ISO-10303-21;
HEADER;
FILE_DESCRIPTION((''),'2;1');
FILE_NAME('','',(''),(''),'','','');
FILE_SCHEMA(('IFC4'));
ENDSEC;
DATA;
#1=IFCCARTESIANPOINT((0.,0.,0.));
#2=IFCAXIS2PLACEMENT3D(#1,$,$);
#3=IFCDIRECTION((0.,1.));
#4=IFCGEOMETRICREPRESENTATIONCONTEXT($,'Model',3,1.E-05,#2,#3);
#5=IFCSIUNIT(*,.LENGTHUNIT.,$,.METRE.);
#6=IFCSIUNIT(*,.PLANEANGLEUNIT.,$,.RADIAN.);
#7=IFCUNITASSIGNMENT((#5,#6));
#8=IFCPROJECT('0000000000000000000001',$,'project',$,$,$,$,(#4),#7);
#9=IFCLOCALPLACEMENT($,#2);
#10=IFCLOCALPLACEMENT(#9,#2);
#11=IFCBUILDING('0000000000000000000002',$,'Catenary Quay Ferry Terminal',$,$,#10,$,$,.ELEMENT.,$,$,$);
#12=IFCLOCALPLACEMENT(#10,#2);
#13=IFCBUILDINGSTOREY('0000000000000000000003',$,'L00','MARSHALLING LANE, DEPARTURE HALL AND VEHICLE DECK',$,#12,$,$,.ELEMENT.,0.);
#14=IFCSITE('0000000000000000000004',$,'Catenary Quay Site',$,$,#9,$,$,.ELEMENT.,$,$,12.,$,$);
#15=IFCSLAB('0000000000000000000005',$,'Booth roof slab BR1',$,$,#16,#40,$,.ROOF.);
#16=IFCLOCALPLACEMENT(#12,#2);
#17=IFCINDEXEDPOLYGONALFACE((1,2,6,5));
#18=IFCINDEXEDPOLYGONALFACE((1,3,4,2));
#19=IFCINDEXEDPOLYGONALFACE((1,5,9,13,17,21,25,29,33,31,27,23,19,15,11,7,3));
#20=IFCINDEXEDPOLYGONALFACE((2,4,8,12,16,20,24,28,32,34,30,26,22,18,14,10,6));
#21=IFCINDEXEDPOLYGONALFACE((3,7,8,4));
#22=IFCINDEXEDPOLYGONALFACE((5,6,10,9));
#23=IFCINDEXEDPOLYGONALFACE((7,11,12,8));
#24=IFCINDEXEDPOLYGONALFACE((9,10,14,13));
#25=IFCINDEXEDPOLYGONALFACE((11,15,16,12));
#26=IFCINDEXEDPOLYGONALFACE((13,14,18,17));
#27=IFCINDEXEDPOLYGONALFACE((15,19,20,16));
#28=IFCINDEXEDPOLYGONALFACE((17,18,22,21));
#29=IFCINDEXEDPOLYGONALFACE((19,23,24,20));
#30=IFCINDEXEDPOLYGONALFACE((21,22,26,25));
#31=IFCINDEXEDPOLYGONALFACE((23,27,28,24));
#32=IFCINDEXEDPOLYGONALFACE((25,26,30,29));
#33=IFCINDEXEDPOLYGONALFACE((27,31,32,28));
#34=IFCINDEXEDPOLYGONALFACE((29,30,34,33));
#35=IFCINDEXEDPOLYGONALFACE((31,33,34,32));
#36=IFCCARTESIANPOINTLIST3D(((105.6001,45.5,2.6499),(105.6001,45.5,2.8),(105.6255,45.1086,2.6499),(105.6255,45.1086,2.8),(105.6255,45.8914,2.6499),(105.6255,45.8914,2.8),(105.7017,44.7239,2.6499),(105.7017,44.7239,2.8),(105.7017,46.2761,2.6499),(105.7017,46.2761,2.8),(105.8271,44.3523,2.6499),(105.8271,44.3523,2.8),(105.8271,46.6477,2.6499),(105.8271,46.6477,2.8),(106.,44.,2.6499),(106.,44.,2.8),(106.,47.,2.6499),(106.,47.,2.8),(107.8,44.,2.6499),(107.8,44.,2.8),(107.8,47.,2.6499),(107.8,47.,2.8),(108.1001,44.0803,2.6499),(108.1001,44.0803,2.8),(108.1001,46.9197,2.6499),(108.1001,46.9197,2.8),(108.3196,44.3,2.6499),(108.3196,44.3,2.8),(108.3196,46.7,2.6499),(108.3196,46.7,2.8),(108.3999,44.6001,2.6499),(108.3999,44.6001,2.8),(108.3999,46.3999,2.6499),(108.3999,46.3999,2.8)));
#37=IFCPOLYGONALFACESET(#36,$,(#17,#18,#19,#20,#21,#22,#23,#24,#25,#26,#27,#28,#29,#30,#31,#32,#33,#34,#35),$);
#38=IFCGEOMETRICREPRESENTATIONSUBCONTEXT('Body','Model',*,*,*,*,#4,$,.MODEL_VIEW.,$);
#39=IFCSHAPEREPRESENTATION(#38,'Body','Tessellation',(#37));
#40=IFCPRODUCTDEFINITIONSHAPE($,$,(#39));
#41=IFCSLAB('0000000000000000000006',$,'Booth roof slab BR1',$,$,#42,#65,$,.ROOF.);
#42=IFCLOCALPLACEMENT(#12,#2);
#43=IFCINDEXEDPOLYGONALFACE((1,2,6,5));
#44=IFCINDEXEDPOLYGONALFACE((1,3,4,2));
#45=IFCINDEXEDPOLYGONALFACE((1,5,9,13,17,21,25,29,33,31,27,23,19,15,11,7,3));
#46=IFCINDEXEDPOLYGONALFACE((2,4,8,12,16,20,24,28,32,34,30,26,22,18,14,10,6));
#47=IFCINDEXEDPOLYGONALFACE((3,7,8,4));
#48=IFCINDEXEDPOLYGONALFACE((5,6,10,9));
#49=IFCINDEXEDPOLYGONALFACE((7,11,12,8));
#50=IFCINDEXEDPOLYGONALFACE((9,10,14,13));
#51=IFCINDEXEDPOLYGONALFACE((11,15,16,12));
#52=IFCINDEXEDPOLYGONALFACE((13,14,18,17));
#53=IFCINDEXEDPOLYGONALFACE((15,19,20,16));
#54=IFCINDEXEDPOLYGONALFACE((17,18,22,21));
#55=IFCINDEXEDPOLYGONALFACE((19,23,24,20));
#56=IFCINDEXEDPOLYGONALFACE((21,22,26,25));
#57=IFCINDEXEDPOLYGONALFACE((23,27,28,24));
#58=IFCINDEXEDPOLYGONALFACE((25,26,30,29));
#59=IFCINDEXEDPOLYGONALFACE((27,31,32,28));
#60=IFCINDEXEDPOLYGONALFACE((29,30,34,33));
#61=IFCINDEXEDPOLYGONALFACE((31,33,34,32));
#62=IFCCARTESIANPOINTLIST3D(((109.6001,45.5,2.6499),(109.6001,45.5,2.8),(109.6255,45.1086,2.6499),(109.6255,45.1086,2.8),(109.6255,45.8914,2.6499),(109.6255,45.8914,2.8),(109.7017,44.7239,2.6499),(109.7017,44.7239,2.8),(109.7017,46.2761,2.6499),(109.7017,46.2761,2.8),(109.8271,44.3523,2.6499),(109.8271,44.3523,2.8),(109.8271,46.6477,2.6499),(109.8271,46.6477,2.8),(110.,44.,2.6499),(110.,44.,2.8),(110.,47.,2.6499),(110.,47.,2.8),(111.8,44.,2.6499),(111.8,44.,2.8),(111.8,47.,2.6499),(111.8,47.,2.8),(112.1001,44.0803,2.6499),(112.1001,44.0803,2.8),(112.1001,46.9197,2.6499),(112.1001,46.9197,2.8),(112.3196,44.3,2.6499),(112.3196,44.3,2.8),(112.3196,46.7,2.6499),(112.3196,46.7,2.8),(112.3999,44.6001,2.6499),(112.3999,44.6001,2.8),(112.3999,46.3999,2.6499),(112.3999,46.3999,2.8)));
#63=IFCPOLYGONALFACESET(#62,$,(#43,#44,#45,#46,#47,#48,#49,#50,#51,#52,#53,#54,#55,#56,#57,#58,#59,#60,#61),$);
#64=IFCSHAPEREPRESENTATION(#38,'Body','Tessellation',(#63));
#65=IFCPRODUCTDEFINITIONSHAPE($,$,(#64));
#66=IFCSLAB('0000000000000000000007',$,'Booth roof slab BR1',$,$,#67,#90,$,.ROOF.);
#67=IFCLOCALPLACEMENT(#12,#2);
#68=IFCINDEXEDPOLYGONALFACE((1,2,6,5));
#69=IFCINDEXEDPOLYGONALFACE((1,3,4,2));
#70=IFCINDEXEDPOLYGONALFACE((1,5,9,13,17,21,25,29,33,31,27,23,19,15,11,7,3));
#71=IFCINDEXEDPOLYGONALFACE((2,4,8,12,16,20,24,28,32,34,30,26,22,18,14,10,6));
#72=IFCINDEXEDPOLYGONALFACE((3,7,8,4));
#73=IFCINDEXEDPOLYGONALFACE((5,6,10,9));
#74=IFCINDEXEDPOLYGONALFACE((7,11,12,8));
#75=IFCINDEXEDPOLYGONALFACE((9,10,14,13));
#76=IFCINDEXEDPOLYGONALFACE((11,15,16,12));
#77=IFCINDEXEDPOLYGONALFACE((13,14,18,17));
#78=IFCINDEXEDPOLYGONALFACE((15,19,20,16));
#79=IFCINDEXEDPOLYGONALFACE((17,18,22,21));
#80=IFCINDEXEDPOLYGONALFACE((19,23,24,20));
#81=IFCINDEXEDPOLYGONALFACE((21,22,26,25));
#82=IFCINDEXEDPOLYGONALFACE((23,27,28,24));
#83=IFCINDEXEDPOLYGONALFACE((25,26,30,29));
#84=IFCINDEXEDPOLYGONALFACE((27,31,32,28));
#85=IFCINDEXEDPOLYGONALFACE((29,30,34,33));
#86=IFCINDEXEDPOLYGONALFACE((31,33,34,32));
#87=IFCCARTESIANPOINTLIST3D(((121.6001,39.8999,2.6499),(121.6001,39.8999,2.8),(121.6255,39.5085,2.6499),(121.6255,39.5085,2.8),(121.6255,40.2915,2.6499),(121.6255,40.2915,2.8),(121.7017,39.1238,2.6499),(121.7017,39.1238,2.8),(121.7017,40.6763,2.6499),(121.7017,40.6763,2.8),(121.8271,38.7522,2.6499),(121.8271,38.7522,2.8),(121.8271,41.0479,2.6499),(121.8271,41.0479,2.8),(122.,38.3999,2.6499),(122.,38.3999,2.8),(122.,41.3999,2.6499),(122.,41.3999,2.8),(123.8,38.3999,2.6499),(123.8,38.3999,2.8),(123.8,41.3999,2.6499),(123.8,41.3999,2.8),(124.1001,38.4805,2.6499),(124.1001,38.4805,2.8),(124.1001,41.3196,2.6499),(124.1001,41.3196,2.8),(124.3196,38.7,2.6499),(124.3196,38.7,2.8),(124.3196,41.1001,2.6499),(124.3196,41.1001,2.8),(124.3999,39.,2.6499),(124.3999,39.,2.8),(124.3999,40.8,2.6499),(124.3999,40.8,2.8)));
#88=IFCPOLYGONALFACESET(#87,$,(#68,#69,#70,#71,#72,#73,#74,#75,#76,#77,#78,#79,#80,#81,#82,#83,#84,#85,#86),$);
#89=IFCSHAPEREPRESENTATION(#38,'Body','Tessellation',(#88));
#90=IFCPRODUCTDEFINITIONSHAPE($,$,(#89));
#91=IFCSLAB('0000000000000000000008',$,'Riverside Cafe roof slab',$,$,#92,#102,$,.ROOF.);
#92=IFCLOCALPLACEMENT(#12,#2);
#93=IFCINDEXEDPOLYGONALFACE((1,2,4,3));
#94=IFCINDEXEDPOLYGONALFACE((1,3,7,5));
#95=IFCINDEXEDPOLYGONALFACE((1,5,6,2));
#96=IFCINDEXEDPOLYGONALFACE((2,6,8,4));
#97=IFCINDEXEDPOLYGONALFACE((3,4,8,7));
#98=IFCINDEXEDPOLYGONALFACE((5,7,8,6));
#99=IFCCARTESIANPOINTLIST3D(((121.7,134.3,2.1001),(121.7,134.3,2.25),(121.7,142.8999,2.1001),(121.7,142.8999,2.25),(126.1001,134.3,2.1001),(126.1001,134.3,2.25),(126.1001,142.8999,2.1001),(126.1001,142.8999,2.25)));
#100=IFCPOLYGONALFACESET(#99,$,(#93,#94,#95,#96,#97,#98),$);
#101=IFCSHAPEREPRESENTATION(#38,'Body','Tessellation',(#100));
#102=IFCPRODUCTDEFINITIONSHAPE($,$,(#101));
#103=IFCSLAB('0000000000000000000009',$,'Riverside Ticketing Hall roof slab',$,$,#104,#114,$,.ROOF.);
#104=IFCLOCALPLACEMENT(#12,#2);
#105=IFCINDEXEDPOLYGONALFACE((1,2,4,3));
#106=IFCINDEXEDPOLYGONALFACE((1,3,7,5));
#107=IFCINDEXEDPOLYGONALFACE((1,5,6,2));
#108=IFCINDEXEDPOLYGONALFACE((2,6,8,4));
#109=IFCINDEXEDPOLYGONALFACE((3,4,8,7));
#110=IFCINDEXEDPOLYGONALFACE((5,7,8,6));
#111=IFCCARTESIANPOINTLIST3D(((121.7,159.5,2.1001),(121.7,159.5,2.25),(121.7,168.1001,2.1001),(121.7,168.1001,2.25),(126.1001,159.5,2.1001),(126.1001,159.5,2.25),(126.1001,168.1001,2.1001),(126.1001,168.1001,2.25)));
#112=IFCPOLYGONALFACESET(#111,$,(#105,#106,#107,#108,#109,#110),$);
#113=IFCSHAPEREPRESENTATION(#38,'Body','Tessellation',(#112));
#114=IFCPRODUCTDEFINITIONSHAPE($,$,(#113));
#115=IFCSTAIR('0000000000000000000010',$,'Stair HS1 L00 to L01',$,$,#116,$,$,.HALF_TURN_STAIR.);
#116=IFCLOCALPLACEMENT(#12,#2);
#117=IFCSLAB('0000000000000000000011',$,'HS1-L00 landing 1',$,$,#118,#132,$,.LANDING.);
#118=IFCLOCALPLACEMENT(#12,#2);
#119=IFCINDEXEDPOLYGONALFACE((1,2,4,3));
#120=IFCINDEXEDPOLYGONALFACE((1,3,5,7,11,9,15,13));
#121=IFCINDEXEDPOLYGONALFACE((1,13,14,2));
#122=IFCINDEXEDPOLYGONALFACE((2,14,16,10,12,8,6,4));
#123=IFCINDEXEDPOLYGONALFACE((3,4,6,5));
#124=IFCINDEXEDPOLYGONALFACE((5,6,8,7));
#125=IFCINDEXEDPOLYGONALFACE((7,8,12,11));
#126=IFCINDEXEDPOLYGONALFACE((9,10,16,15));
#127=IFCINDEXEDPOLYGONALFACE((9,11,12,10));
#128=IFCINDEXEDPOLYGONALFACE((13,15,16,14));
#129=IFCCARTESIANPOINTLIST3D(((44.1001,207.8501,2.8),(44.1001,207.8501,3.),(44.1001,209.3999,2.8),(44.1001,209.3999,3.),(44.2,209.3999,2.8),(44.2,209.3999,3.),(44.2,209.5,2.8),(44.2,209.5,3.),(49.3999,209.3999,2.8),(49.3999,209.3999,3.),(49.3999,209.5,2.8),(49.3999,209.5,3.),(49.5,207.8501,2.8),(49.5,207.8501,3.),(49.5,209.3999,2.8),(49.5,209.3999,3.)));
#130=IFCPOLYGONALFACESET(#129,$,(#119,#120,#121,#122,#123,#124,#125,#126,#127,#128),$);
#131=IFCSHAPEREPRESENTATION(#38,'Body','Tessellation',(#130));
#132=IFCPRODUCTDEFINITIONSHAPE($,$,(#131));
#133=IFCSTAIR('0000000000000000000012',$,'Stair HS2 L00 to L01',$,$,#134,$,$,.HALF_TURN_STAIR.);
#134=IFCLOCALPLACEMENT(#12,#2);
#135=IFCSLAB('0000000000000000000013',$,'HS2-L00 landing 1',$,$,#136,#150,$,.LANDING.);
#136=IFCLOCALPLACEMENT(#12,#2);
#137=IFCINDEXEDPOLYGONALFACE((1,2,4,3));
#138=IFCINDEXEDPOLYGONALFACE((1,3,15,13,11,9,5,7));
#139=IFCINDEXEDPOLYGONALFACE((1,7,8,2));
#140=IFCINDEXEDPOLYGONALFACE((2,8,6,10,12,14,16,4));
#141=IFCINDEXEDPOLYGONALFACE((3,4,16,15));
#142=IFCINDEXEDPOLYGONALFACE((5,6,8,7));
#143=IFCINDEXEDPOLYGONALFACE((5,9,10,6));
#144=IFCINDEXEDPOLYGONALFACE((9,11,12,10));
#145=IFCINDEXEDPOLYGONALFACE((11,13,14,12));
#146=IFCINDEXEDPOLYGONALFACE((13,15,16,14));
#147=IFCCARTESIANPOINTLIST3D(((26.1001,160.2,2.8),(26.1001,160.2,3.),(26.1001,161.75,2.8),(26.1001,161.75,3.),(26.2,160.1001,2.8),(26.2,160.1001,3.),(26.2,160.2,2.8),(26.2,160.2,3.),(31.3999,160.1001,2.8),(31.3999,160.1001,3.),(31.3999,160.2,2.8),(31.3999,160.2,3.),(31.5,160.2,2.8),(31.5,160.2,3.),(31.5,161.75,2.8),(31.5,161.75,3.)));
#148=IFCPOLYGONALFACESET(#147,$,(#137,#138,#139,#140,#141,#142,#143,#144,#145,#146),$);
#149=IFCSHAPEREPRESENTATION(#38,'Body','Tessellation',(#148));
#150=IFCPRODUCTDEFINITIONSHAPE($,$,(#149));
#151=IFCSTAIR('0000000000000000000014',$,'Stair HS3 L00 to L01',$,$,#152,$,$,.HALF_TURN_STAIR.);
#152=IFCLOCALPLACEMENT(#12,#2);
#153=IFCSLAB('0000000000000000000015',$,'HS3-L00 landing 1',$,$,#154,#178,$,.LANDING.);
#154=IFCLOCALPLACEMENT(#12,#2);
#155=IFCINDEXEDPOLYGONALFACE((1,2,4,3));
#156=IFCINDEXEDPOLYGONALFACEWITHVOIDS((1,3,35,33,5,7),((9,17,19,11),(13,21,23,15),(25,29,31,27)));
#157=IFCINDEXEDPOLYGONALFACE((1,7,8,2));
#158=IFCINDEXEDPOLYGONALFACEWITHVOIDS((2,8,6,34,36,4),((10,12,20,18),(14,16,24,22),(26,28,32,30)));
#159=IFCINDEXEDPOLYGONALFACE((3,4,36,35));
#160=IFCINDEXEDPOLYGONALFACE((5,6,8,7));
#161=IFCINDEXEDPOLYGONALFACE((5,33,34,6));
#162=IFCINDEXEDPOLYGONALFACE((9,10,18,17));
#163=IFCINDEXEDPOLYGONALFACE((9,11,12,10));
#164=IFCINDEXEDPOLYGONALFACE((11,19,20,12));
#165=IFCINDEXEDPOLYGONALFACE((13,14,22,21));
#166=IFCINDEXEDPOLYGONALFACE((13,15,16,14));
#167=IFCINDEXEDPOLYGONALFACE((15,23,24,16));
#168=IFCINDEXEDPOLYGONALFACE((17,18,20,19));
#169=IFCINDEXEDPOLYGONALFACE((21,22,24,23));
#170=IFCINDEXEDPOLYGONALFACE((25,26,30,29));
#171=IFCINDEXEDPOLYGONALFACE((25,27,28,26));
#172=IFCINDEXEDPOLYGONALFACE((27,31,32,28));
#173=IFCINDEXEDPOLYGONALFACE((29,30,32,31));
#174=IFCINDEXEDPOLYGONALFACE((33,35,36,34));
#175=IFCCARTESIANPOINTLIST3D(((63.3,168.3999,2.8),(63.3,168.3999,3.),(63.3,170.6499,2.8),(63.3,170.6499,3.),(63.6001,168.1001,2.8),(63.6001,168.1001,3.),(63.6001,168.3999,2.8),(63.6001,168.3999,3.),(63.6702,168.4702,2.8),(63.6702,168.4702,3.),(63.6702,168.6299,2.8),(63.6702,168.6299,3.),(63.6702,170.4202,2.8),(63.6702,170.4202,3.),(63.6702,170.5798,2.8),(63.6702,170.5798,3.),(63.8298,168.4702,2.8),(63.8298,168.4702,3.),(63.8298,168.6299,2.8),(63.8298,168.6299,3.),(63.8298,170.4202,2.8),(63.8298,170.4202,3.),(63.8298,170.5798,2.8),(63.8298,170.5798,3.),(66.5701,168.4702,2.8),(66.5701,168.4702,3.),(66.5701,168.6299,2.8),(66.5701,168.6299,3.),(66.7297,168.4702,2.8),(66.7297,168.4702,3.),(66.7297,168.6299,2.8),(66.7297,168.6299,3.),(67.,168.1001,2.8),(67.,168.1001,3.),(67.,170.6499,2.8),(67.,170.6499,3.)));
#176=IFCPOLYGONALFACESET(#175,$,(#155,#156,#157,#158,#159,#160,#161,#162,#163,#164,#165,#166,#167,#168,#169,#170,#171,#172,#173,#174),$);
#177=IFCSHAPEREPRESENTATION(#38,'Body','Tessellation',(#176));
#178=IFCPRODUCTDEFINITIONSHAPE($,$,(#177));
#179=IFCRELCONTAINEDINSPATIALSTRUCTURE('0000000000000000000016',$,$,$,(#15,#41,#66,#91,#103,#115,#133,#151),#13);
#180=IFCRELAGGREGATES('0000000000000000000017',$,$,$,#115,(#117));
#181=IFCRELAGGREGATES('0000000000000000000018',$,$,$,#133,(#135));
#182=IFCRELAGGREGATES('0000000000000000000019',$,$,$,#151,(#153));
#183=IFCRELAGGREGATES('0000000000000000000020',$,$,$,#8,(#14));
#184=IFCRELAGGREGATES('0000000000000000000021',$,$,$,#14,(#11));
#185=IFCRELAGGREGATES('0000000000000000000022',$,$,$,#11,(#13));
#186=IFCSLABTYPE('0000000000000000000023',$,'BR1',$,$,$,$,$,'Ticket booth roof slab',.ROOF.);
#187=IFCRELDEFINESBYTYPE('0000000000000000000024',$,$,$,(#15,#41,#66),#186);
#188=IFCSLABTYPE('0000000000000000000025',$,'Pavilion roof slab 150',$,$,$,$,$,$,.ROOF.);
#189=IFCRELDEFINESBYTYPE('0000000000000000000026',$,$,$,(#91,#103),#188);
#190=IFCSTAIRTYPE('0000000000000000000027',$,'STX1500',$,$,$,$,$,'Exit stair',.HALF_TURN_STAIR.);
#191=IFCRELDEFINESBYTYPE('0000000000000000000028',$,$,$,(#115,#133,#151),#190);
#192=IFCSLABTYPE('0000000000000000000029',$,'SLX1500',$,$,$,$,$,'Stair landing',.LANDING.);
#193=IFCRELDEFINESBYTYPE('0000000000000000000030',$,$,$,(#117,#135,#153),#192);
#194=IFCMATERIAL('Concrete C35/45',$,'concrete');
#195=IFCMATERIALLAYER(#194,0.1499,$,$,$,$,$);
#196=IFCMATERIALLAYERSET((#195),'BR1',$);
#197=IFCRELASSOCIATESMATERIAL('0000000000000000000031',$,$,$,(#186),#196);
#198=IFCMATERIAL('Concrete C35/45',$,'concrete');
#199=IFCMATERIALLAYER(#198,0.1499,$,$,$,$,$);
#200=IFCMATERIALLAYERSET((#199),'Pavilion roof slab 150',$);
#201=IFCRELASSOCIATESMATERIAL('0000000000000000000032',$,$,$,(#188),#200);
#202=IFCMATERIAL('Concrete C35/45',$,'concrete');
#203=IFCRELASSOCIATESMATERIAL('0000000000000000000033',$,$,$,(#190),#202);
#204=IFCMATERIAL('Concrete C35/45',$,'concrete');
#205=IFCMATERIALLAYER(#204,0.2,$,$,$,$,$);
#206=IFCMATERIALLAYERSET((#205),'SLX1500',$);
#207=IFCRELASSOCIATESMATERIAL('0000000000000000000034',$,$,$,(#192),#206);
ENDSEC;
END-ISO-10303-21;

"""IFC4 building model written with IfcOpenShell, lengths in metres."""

from ifc_helpers import new_model, si_unit, direction, frame, origin, place, context, subcontext, project, spatial, polyline, outline, extrude, material, layer, layer_set, type_object, element, aggregate, save


model = new_model("IFC4")

# Units and contexts
model_context = context("Model", 3, precision=1e-05, world=origin(), true_north=direction((0.0, 1.0)))
body_context = subcontext(model_context, "Body", "Model", "MODEL_VIEW")
ifc_project = project(units=[si_unit("LENGTHUNIT", "METRE"), si_unit("PLANEANGLEUNIT", "RADIAN")], contexts=[model_context])

# Site, building, storey
site_placement = place(None, origin())
site = spatial("IfcSite", under=ifc_project, at=site_placement, Name="Catenary Quay Site", CompositionType="ELEMENT", RefElevation=12.0)
building_placement = place(site_placement, origin())
building = spatial("IfcBuilding", under=site, at=building_placement, Name="Catenary Quay Ferry Terminal", CompositionType="ELEMENT")
storey_placement = place(building_placement, origin())
storey = spatial("IfcBuildingStorey", under=building, at=storey_placement, Name="L00", Description="MARSHALLING LANE, DEPARTURE HALL AND VEHICLE DECK", CompositionType="ELEMENT", Elevation=0.0)

# Slabs
ifc_material_1 = material(Name="Concrete C35/45", Category="concrete")
ifc_layer_1 = layer(ifc_material_1, 0.1499)
ifc_layer_set_1 = layer_set([ifc_layer_1], Name="BR1")
slab_type_1 = type_object("IfcSlabType", Name="BR1", ElementType="Ticket booth roof slab", PredefinedType="ROOF", material=ifc_layer_set_1)
slab_1_placement = place(storey_placement, frame((0.0, 0.0, 2.6499)))
element("IfcSlab", 1, at=slab_1_placement, inside=storey, type_object=slab_type_1, Name="Booth roof slab BR1", PredefinedType="ROOF", context=body_context, shape_type="SweptSolid", body=[
    extrude(outline(polyline([(106.0, 44.0), (105.8271, 44.3523), (105.7017, 44.7239), (105.6255, 45.1086), (105.6001, 45.5), (105.6255, 45.8914), (105.7017, 46.2761), (105.8271, 46.6477), (106.0, 47.0), (107.8, 47.0), (108.1001, 46.9197), (108.3196, 46.7), (108.3999, 46.3999), (108.3999, 44.6001), (108.3196, 44.3), (108.1001, 44.0803), (107.8, 44.0), (106.0, 44.0)])), origin(), (0.0, 0.0, 1.0), 0.1501),
])
slab_2_placement = place(storey_placement, frame((0.0, 0.0, 2.6499)))
element("IfcSlab", 2, at=slab_2_placement, inside=storey, type_object=slab_type_1, Name="Booth roof slab BR1", PredefinedType="ROOF", context=body_context, shape_type="SweptSolid", body=[
    extrude(outline(polyline([(110.0, 44.0), (109.8271, 44.3523), (109.7017, 44.7239), (109.6255, 45.1086), (109.6001, 45.5), (109.6255, 45.8914), (109.7017, 46.2761), (109.8271, 46.6477), (110.0, 47.0), (111.8, 47.0), (112.1001, 46.9197), (112.3196, 46.7), (112.3999, 46.3999), (112.3999, 44.6001), (112.3196, 44.3), (112.1001, 44.0803), (111.8, 44.0), (110.0, 44.0)])), origin(), (0.0, 0.0, 1.0), 0.1501),
])
slab_3_placement = place(storey_placement, frame((0.0, 0.0, 2.6499)))
element("IfcSlab", 3, at=slab_3_placement, inside=storey, type_object=slab_type_1, Name="Booth roof slab BR1", PredefinedType="ROOF", context=body_context, shape_type="SweptSolid", body=[
    extrude(outline(polyline([(122.0, 38.3999), (121.8271, 38.7522), (121.7017, 39.1238), (121.6255, 39.5085), (121.6001, 39.8999), (121.6255, 40.2915), (121.7017, 40.6763), (121.8271, 41.0479), (122.0, 41.3999), (123.8, 41.3999), (124.1001, 41.3196), (124.3196, 41.1001), (124.3999, 40.8), (124.3999, 39.0), (124.3196, 38.7), (124.1001, 38.4805), (123.8, 38.3999), (122.0, 38.3999)])), origin(), (0.0, 0.0, 1.0), 0.1501),
])
ifc_material_2 = material(Name="Concrete C35/45", Category="concrete")
ifc_layer_2 = layer(ifc_material_2, 0.1499)
ifc_layer_set_2 = layer_set([ifc_layer_2], Name="Pavilion roof slab 150")
slab_type_2 = type_object("IfcSlabType", Name="Pavilion roof slab 150", PredefinedType="ROOF", material=ifc_layer_set_2)
slab_4_placement = place(storey_placement, frame((0.0, 0.0, 2.1001)))
element("IfcSlab", 4, at=slab_4_placement, inside=storey, type_object=slab_type_2, Name="Riverside Cafe roof slab", PredefinedType="ROOF", context=body_context, shape_type="SweptSolid", body=[
    extrude(outline(polyline([(126.1001, 134.3), (126.1001, 142.8999), (121.7, 142.8999), (121.7, 134.3), (126.1001, 134.3)])), origin(), (0.0, 0.0, 1.0), 0.1499),
])
slab_5_placement = place(storey_placement, frame((0.0, 0.0, 2.1001)))
element("IfcSlab", 5, at=slab_5_placement, inside=storey, type_object=slab_type_2, Name="Riverside Ticketing Hall roof slab", PredefinedType="ROOF", context=body_context, shape_type="SweptSolid", body=[
    extrude(outline(polyline([(126.1001, 159.5), (126.1001, 168.1001), (121.7, 168.1001), (121.7, 159.5), (126.1001, 159.5)])), origin(), (0.0, 0.0, 1.0), 0.1499),
])

# Stairs, slabs
ifc_material_3 = material(Name="Concrete C35/45", Category="concrete")
stair_type_1 = type_object("IfcStairType", Name="STX1500", ElementType="Exit stair", PredefinedType="HALF_TURN_STAIR", material=ifc_material_3)
stair_1_placement = place(storey_placement, origin())
stair_1 = element("IfcStair", 6, at=stair_1_placement, inside=storey, type_object=stair_type_1, Name="Stair HS1 L00 to L01", PredefinedType="HALF_TURN_STAIR")
ifc_material_4 = material(Name="Concrete C35/45", Category="concrete")
ifc_layer_3 = layer(ifc_material_4, 0.2)
ifc_layer_set_3 = layer_set([ifc_layer_3], Name="SLX1500")
slab_type_3 = type_object("IfcSlabType", Name="SLX1500", ElementType="Stair landing", PredefinedType="LANDING", material=ifc_layer_set_3)
slab_6_placement = place(storey_placement, frame((0.0, 0.0, 2.8)))
slab_6 = element("IfcSlab", 7, at=slab_6_placement, type_object=slab_type_3, Name="HS1-L00 landing 1", PredefinedType="LANDING", context=body_context, shape_type="SweptSolid", body=[
    extrude(outline(polyline([(44.2, 209.3999), (44.2, 209.5), (49.3999, 209.5), (49.3999, 209.3999), (49.5, 209.3999), (49.5, 207.8501), (44.1001, 207.8501), (44.1001, 209.3999), (44.2, 209.3999)])), origin(), (0.0, 0.0, 1.0), 0.2),
])
aggregate(stair_1, [slab_6])
stair_2_placement = place(storey_placement, origin())
stair_2 = element("IfcStair", 8, at=stair_2_placement, inside=storey, type_object=stair_type_1, Name="Stair HS2 L00 to L01", PredefinedType="HALF_TURN_STAIR")
slab_7_placement = place(storey_placement, frame((0.0, 0.0, 2.8)))
slab_7 = element("IfcSlab", 9, at=slab_7_placement, type_object=slab_type_3, Name="HS2-L00 landing 1", PredefinedType="LANDING", context=body_context, shape_type="SweptSolid", body=[
    extrude(outline(polyline([(26.2, 160.1001), (26.2, 160.2), (26.1001, 160.2), (26.1001, 161.75), (31.5, 161.75), (31.5, 160.2), (31.3999, 160.2), (31.3999, 160.1001), (26.2, 160.1001)])), origin(), (0.0, 0.0, 1.0), 0.2),
])
aggregate(stair_2, [slab_7])
stair_3_placement = place(storey_placement, origin())
stair_3 = element("IfcStair", 10, at=stair_3_placement, inside=storey, type_object=stair_type_1, Name="Stair HS3 L00 to L01", PredefinedType="HALF_TURN_STAIR")
slab_8_placement = place(storey_placement, frame((0.0, 0.0, 2.8)))
slab_8 = element("IfcSlab", 11, at=slab_8_placement, type_object=slab_type_3, Name="HS3-L00 landing 1", PredefinedType="LANDING", context=body_context, shape_type="SweptSolid", body=[
    extrude(outline(polyline([(63.6001, 168.3999), (63.3, 168.3999), (63.3, 170.6499), (67.0, 170.6499), (67.0, 168.1001), (63.6001, 168.1001), (63.6001, 168.3999)]), holes=[polyline([(63.6702, 168.4702), (63.8298, 168.4702), (63.8298, 168.6299), (63.6702, 168.6299), (63.6702, 168.4702)]), polyline([(66.5701, 168.4702), (66.7297, 168.4702), (66.7297, 168.6299), (66.5701, 168.6299), (66.5701, 168.4702)]), polyline([(63.6702, 170.4202), (63.8298, 170.4202), (63.8298, 170.5798), (63.6702, 170.5798), (63.6702, 170.4202)])]), origin(), (0.0, 0.0, 1.0), 0.2),
])
aggregate(stair_3, [slab_8])

save(model, "model.ifc")
